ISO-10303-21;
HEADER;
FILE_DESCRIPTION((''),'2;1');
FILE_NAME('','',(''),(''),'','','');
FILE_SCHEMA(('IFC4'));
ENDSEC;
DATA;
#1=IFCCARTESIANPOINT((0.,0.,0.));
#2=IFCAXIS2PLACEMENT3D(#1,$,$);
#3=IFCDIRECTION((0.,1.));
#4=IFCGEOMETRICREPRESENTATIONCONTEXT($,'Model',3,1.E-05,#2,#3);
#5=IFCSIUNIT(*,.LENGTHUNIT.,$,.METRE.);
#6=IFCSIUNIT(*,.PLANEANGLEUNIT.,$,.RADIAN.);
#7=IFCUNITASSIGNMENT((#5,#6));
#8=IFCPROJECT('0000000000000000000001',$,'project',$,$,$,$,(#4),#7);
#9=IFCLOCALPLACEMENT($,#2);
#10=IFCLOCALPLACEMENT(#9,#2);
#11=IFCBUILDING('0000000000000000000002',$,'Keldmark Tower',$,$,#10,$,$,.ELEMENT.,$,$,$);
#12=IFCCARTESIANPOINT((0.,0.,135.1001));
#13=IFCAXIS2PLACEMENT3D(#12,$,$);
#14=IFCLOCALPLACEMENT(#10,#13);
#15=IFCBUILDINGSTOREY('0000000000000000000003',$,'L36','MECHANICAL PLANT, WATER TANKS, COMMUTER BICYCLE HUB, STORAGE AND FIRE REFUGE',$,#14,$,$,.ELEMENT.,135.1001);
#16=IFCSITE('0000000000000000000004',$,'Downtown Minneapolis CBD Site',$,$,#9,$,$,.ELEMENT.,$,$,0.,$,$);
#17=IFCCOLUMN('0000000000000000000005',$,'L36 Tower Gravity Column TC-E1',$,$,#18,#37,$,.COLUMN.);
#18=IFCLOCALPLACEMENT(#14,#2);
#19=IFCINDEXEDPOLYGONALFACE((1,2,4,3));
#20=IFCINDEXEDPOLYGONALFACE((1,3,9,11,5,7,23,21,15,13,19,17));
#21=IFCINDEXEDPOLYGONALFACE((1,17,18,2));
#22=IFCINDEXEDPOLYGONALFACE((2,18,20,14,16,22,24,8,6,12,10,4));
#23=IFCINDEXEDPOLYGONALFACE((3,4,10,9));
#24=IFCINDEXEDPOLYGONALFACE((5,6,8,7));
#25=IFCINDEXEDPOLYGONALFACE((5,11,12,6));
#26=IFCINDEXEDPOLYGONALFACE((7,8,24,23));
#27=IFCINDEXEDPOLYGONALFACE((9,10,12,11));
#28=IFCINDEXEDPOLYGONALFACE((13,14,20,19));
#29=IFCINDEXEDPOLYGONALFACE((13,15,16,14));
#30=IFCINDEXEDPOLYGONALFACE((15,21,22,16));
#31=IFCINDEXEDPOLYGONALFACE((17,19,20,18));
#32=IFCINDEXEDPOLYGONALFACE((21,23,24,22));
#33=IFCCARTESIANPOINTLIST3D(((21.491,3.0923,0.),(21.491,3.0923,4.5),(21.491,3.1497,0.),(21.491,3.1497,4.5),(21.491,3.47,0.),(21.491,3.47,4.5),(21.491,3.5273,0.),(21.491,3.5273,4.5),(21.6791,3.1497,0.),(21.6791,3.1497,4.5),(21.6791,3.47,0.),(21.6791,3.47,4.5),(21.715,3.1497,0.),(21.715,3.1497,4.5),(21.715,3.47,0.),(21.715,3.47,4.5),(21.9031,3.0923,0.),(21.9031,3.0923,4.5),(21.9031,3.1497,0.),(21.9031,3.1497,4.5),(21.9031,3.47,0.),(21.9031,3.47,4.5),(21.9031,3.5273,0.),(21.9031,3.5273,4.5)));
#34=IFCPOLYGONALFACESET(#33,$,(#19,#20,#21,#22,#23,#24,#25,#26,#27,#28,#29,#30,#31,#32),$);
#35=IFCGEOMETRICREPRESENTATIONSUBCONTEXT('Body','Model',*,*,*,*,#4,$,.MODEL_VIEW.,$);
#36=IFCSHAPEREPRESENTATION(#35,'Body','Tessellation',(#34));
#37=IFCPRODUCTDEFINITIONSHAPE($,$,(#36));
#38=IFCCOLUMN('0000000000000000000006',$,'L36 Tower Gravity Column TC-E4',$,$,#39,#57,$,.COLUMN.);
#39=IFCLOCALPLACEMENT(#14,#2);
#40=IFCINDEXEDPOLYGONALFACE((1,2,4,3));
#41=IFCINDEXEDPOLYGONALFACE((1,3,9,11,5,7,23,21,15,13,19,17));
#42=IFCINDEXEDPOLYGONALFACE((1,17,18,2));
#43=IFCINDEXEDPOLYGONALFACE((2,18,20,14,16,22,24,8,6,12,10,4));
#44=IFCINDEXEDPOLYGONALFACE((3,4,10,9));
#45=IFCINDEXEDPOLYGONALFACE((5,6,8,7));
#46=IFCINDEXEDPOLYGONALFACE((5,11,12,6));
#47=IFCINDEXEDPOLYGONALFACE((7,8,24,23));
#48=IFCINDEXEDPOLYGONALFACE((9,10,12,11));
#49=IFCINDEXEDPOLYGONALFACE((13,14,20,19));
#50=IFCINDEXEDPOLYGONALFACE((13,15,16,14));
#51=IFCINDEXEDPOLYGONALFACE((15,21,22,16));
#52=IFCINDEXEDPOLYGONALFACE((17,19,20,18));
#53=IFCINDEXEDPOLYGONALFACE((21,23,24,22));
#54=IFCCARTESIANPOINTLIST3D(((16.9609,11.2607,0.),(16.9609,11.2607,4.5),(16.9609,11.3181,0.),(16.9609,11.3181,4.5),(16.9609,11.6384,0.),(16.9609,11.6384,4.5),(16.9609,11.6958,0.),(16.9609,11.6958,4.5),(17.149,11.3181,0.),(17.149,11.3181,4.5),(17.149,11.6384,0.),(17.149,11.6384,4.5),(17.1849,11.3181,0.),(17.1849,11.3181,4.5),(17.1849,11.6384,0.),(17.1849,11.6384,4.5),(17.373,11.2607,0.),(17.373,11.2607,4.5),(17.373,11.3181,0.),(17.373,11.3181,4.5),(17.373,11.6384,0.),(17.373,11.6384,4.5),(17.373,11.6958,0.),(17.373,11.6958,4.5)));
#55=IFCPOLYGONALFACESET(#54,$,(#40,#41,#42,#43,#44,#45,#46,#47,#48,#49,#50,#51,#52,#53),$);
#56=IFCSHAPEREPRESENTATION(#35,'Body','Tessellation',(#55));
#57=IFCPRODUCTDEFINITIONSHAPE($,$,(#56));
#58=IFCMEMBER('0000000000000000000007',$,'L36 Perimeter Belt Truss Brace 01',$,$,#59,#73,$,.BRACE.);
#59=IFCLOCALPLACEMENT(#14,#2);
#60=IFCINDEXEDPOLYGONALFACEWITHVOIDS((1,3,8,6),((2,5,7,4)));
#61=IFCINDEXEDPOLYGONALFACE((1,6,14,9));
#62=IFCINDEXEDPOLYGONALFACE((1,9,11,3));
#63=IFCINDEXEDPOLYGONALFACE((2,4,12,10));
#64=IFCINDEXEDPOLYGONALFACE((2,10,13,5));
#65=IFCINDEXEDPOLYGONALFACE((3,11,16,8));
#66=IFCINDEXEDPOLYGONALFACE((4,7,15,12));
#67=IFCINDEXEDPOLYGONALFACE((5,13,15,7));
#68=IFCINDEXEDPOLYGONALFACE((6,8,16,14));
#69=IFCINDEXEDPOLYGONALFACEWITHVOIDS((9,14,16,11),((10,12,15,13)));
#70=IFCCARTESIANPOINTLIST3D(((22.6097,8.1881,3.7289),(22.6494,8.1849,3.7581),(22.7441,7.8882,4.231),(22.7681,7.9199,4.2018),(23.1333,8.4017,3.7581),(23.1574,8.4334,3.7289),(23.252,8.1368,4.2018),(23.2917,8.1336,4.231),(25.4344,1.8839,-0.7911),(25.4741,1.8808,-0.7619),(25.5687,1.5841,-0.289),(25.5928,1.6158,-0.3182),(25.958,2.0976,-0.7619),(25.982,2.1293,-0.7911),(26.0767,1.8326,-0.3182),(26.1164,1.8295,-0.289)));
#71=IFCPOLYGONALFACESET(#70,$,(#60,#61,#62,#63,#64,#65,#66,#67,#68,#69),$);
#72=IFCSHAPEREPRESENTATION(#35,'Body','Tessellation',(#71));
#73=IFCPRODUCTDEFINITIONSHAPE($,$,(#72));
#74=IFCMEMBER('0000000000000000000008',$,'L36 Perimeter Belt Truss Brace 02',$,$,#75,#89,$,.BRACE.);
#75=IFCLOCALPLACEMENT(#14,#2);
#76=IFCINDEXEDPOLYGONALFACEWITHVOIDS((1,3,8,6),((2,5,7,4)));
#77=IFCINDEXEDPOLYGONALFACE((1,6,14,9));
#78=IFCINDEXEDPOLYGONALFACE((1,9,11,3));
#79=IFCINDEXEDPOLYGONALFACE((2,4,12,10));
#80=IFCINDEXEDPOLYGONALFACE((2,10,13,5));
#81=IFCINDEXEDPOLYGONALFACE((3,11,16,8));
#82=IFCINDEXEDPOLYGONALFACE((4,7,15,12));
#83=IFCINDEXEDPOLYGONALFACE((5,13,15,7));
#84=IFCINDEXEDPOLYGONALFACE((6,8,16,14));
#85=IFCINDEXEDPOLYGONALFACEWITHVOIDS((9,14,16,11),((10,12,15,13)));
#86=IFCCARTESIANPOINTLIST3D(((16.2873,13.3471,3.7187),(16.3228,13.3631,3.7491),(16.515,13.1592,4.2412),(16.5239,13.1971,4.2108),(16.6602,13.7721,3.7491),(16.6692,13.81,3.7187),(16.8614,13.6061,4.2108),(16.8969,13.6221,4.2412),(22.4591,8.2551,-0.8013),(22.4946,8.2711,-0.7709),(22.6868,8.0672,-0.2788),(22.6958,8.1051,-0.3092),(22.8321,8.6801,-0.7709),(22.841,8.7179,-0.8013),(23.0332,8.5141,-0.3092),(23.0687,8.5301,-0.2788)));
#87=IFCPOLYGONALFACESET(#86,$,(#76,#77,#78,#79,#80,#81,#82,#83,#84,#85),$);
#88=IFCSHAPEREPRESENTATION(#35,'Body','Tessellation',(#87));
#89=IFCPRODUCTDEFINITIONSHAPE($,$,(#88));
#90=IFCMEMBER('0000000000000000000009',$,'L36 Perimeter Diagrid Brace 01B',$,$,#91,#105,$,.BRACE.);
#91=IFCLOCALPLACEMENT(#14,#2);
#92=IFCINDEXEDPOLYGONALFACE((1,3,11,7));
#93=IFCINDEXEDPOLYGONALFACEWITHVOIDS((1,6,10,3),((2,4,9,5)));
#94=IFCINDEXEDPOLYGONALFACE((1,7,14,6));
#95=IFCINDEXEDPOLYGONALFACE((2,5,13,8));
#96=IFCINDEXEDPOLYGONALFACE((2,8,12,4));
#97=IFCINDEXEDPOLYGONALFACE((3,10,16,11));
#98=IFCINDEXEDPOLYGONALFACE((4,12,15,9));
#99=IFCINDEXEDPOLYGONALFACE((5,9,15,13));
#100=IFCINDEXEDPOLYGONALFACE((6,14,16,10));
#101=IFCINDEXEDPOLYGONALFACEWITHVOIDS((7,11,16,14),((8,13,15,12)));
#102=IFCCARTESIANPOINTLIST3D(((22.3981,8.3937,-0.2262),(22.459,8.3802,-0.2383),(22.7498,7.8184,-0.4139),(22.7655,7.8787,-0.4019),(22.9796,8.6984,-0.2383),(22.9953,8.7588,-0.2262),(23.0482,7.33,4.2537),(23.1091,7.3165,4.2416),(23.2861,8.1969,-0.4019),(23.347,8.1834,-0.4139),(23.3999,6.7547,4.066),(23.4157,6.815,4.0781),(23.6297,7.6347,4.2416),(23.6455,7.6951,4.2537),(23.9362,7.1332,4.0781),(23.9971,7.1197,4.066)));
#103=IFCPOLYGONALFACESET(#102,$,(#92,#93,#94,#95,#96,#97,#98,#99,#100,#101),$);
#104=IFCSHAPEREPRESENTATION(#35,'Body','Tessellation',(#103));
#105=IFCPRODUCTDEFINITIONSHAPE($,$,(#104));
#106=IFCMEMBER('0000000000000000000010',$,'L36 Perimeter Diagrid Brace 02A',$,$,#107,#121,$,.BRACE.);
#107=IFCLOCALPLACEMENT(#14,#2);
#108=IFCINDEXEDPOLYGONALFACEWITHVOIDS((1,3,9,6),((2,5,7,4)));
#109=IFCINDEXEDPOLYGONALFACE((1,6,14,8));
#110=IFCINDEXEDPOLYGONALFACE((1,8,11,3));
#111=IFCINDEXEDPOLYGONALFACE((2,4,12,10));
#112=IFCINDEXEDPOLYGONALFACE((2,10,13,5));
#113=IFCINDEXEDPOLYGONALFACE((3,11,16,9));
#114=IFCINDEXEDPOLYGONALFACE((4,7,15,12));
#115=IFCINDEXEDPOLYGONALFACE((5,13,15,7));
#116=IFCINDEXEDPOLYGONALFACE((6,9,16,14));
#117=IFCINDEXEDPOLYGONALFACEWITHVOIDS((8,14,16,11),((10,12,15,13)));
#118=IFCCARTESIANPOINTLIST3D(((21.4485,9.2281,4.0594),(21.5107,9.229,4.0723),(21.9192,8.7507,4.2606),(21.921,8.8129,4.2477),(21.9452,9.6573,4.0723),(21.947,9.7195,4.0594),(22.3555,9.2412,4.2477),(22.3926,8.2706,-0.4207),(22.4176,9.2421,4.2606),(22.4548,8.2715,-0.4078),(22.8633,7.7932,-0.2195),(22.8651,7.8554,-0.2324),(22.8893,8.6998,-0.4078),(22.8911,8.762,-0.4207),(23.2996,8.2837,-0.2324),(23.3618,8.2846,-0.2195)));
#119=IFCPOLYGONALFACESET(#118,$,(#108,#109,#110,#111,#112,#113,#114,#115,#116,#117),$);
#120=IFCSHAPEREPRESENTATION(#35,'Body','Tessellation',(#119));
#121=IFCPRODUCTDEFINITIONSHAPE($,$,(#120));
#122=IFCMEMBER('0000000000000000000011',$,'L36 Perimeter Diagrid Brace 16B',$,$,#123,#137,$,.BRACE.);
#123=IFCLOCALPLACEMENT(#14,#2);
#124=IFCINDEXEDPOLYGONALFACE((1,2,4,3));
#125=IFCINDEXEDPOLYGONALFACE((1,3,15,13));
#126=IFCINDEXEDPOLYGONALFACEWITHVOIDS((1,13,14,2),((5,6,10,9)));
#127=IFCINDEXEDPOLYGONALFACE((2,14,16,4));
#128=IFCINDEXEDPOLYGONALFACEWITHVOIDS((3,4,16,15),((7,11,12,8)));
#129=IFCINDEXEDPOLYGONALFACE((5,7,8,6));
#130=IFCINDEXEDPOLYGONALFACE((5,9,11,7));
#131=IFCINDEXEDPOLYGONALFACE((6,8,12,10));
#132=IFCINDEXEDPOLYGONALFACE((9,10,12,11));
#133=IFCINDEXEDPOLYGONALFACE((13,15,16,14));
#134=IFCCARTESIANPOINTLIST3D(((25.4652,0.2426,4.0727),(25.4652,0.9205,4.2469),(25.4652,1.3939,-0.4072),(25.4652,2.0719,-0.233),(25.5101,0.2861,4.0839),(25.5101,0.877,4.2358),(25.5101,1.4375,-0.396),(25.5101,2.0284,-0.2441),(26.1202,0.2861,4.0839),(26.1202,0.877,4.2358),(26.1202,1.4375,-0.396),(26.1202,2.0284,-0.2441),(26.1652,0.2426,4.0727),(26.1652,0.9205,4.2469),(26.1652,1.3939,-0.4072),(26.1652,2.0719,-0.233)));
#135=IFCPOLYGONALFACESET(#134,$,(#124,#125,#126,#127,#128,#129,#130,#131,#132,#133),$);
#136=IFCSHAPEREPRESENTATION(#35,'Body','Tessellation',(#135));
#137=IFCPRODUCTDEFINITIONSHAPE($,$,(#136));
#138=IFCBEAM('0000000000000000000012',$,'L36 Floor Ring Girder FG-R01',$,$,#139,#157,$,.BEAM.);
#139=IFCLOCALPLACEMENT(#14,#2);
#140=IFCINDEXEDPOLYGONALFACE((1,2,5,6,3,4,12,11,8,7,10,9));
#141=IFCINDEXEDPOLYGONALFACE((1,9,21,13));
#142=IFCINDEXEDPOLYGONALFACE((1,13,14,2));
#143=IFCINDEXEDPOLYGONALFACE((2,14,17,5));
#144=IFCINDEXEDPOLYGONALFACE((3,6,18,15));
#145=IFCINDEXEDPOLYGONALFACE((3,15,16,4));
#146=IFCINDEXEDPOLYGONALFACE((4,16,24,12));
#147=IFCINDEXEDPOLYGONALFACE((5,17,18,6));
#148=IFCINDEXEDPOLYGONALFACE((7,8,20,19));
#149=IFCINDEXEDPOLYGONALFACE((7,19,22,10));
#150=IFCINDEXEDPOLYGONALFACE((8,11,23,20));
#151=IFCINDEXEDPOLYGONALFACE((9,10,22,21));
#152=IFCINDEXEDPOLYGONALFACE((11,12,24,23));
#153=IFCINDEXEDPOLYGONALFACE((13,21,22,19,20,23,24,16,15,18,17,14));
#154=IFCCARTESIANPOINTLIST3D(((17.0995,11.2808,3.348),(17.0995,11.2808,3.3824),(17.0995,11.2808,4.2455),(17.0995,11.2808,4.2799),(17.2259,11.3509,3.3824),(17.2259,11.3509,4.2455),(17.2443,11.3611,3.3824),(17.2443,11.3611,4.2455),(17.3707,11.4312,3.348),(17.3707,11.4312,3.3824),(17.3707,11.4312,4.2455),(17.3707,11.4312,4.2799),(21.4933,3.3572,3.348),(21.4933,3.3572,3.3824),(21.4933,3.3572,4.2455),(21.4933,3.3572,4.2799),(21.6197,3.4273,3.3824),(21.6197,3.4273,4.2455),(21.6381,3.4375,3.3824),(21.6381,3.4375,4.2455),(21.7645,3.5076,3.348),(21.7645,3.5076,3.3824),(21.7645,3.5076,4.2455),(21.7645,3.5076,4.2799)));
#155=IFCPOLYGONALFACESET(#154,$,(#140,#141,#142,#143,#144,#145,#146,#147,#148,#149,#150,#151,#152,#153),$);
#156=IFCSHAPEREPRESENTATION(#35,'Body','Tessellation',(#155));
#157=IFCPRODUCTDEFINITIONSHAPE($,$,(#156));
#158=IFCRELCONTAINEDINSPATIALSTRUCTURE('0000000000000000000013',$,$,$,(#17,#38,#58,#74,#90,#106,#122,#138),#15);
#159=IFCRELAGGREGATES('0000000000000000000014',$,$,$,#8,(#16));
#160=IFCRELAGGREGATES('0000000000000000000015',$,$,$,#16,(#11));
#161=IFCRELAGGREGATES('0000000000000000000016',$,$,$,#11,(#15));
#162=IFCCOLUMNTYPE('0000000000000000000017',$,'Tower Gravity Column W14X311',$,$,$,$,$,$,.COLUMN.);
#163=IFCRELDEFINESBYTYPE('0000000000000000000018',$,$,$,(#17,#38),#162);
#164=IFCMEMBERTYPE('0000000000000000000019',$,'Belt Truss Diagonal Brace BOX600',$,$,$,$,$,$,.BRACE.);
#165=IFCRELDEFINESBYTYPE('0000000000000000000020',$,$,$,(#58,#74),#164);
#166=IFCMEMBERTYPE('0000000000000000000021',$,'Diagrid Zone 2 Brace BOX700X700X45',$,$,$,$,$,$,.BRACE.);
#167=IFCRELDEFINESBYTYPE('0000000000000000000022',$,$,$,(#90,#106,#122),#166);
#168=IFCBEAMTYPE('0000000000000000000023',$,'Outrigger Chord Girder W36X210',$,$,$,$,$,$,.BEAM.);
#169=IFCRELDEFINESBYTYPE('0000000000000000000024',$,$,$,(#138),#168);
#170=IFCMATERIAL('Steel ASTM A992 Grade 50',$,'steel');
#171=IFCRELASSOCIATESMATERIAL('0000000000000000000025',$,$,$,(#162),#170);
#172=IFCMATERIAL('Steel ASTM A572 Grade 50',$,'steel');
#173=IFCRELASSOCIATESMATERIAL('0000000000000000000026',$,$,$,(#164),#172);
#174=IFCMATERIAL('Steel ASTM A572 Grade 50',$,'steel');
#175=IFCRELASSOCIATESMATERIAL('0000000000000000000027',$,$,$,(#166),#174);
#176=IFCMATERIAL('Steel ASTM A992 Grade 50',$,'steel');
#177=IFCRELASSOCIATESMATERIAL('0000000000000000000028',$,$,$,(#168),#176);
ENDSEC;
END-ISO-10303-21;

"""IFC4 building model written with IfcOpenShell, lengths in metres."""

from ifc_helpers import new_model, si_unit, direction, frame, origin, origin_2d, place, context, subcontext, project, spatial, hollow_rectangle, i_section, extrude, material, material_profile, profile_set, type_object, element, save


model = new_model("IFC4")

# Units and contexts
model_context = context("Model", 3, precision=1e-05, world=origin(), true_north=direction((0.0, 1.0)))
body_context = subcontext(model_context, "Body", "Model", "MODEL_VIEW")
ifc_project = project(units=[si_unit("LENGTHUNIT", "METRE"), si_unit("PLANEANGLEUNIT", "RADIAN")], contexts=[model_context])

# Site, building, storey
site_placement = place(None, origin())
site = spatial("IfcSite", under=ifc_project, at=site_placement, Name="Downtown Minneapolis CBD Site", CompositionType="ELEMENT", RefElevation=0.0)
building_placement = place(site_placement, origin())
building = spatial("IfcBuilding", under=site, at=building_placement, Name="Keldmark Tower", CompositionType="ELEMENT")
storey_placement = place(building_placement, frame((0.0, 0.0, 135.1001)))
storey = spatial("IfcBuildingStorey", under=building, at=storey_placement, Name="L36", Description="MECHANICAL PLANT, WATER TANKS, COMMUTER BICYCLE HUB, STORAGE AND FIRE REFUGE", CompositionType="ELEMENT", Elevation=135.1001)

# Columns
ifc_material_1 = material(Name="Steel ASTM A992 Grade 50", Category="steel")
ifc_material_profile_1 = material_profile(ifc_material_1, i_section(OverallWidth=0.4121, OverallDepth=0.4351, WebThickness=0.0359, FlangeThickness=0.0574, at=origin_2d()), Name="W14X311")
ifc_profile_set_1 = profile_set([ifc_material_profile_1], Name="Steel ASTM A992 Grade 50")
column_type = type_object("IfcColumnType", Name="Tower Gravity Column W14X311", PredefinedType="COLUMN", material=ifc_profile_set_1)
for number, where, z_axis, x_axis, name in (
    (1, (21.697, 3.3098, 0.0), (0.0, 0.0, 1.0), (1.0, 0.0, 0.0), "L36 Tower Gravity Column TC-E1"),
    (2, (17.167, 11.4783, 0.0), (0.0, 0.0, 1.0), (1.0, 0.0, 0.0), "L36 Tower Gravity Column TC-E4"),
):
    element("IfcColumn", number, at=place(storey_placement, frame(where, z_axis=z_axis, x_axis=x_axis)), inside=storey, type_object=column_type, Name=name, PredefinedType="COLUMN", context=body_context, shape_type="SweptSolid", body=[
        extrude(i_section(OverallWidth=0.4121, OverallDepth=0.4351, WebThickness=0.0359, FlangeThickness=0.0574, at=origin_2d()), origin(), (0.0, 0.0, 1.0), 4.5),
    ])

# Members
ifc_material_2 = material(Name="Steel ASTM A572 Grade 50", Category="steel")
ifc_material_profile_2 = material_profile(ifc_material_2, hollow_rectangle(XDim=0.6001, YDim=0.6001, WallThickness=0.0349, at=origin_2d()), Name="BOX600X600X35")
ifc_profile_set_2 = profile_set([ifc_material_profile_2], Name="Steel ASTM A572 Grade 50")
member_type_1 = type_object("IfcMemberType", Name="Belt Truss Diagonal Brace BOX600", PredefinedType="BRACE", material=ifc_profile_set_2)
member_1_placement = place(storey_placement, frame((25.7754, 1.8567, -0.54), z_axis=(-0.342163, 0.763641, 0.547519), x_axis=(-0.91258, -0.408898, 0.0)))
element("IfcMember", 3, at=member_1_placement, inside=storey, type_object=member_type_1, Name="L36 Perimeter Belt Truss Brace 01", PredefinedType="BRACE", context=body_context, shape_type="SweptSolid", body=[
    extrude(hollow_rectangle(XDim=0.6001, YDim=0.6001, WallThickness=0.0349, at=origin_2d()), origin(), (0.0, 0.0, 1.0), 8.2554),
])
member_2_placement = place(storey_placement, frame((22.7639, 8.3926, -0.54), z_axis=(-0.671604, 0.5541, 0.491854), x_axis=(-0.636401, -0.771358, 0.0)))
element("IfcMember", 4, at=member_2_placement, inside=storey, type_object=member_type_1, Name="L36 Perimeter Belt Truss Brace 02", PredefinedType="BRACE", context=body_context, shape_type="SweptSolid", body=[
    extrude(hollow_rectangle(XDim=0.6001, YDim=0.6001, WallThickness=0.0349, at=origin_2d()), origin(), (0.0, 0.0, 1.0), 9.1897),
])
ifc_material_3 = material(Name="Steel ASTM A572 Grade 50", Category="steel")
ifc_material_profile_3 = material_profile(ifc_material_3, hollow_rectangle(XDim=0.7, YDim=0.7, WallThickness=0.0449, at=origin_2d()), Name="BOX700X700X45")
ifc_profile_set_3 = profile_set([ifc_material_profile_3], Name="Steel ASTM A572 Grade 50")
member_type_2 = type_object("IfcMemberType", Name="Diagrid Zone 2 Brace BOX700X700X45", PredefinedType="BRACE", material=ifc_profile_set_3)
member_3_placement = place(storey_placement, frame((22.8726, 8.2886, -0.3201), z_axis=(0.13981, -0.228747, 0.963394), x_axis=(0.853248, 0.521505, 0.0)))
element("IfcMember", 5, at=member_3_placement, inside=storey, type_object=member_type_2, Name="L36 Perimeter Diagrid Brace 01B", PredefinedType="BRACE", context=body_context, shape_type="SweptSolid", body=[
    extrude(hollow_rectangle(XDim=0.7, YDim=0.7, WallThickness=0.0449, at=origin_2d()), origin(), (0.0, 0.0, 1.0), 4.6501),
])
member_4_placement = place(storey_placement, frame((22.8772, 8.2776, -0.3201), z_axis=(-0.20184, 0.20471, 0.957786), x_axis=(-0.712082, -0.702096, 0.0)))
element("IfcMember", 6, at=member_4_placement, inside=storey, type_object=member_type_2, Name="L36 Perimeter Diagrid Brace 02A", PredefinedType="BRACE", context=body_context, shape_type="SweptSolid", body=[
    extrude(hollow_rectangle(XDim=0.7, YDim=0.7, WallThickness=0.0449, at=origin_2d()), origin(), (0.0, 0.0, 1.0), 4.6775),
])
member_5_placement = place(storey_placement, frame((25.8152, 1.7329, -0.3201), z_axis=(0.0, -0.248914, 0.968526), x_axis=(1.0, 0.0, 0.0)))
element("IfcMember", 7, at=member_5_placement, inside=storey, type_object=member_type_2, Name="L36 Perimeter Diagrid Brace 16B", PredefinedType="BRACE", context=body_context, shape_type="SweptSolid", body=[
    extrude(hollow_rectangle(XDim=0.7, YDim=0.7, WallThickness=0.0449, at=origin_2d()), origin(), (0.0, 0.0, 1.0), 4.6255),
])

# Beam
ifc_material_4 = material(Name="Steel ASTM A992 Grade 50", Category="steel")
ifc_material_profile_4 = material_profile(ifc_material_4, i_section(OverallWidth=0.3101, OverallDepth=0.9319, WebThickness=0.021, FlangeThickness=0.0344, at=origin_2d()), Name="W36X210")
ifc_profile_set_4 = profile_set([ifc_material_profile_4], Name="Steel ASTM A992 Grade 50")
beam_type_1 = type_object("IfcBeamType", Name="Outrigger Chord Girder W36X210", PredefinedType="BEAM", material=ifc_profile_set_4)
beam_1_placement = place(storey_placement, frame((21.6289, 3.4324, 3.814), z_axis=(-0.484952, 0.874541, 0.0), x_axis=(-0.874541, -0.484952, 0.0)))
element("IfcBeam", 8, at=beam_1_placement, inside=storey, type_object=beam_type_1, Name="L36 Floor Ring Girder FG-R01", PredefinedType="BEAM", context=body_context, shape_type="SweptSolid", body=[
    extrude(i_section(OverallWidth=0.3101, OverallDepth=0.9319, WebThickness=0.021, FlangeThickness=0.0344, at=origin_2d()), origin(), (0.0, 0.0, 1.0), 9.0603),
])

save(model, "model.ifc")
